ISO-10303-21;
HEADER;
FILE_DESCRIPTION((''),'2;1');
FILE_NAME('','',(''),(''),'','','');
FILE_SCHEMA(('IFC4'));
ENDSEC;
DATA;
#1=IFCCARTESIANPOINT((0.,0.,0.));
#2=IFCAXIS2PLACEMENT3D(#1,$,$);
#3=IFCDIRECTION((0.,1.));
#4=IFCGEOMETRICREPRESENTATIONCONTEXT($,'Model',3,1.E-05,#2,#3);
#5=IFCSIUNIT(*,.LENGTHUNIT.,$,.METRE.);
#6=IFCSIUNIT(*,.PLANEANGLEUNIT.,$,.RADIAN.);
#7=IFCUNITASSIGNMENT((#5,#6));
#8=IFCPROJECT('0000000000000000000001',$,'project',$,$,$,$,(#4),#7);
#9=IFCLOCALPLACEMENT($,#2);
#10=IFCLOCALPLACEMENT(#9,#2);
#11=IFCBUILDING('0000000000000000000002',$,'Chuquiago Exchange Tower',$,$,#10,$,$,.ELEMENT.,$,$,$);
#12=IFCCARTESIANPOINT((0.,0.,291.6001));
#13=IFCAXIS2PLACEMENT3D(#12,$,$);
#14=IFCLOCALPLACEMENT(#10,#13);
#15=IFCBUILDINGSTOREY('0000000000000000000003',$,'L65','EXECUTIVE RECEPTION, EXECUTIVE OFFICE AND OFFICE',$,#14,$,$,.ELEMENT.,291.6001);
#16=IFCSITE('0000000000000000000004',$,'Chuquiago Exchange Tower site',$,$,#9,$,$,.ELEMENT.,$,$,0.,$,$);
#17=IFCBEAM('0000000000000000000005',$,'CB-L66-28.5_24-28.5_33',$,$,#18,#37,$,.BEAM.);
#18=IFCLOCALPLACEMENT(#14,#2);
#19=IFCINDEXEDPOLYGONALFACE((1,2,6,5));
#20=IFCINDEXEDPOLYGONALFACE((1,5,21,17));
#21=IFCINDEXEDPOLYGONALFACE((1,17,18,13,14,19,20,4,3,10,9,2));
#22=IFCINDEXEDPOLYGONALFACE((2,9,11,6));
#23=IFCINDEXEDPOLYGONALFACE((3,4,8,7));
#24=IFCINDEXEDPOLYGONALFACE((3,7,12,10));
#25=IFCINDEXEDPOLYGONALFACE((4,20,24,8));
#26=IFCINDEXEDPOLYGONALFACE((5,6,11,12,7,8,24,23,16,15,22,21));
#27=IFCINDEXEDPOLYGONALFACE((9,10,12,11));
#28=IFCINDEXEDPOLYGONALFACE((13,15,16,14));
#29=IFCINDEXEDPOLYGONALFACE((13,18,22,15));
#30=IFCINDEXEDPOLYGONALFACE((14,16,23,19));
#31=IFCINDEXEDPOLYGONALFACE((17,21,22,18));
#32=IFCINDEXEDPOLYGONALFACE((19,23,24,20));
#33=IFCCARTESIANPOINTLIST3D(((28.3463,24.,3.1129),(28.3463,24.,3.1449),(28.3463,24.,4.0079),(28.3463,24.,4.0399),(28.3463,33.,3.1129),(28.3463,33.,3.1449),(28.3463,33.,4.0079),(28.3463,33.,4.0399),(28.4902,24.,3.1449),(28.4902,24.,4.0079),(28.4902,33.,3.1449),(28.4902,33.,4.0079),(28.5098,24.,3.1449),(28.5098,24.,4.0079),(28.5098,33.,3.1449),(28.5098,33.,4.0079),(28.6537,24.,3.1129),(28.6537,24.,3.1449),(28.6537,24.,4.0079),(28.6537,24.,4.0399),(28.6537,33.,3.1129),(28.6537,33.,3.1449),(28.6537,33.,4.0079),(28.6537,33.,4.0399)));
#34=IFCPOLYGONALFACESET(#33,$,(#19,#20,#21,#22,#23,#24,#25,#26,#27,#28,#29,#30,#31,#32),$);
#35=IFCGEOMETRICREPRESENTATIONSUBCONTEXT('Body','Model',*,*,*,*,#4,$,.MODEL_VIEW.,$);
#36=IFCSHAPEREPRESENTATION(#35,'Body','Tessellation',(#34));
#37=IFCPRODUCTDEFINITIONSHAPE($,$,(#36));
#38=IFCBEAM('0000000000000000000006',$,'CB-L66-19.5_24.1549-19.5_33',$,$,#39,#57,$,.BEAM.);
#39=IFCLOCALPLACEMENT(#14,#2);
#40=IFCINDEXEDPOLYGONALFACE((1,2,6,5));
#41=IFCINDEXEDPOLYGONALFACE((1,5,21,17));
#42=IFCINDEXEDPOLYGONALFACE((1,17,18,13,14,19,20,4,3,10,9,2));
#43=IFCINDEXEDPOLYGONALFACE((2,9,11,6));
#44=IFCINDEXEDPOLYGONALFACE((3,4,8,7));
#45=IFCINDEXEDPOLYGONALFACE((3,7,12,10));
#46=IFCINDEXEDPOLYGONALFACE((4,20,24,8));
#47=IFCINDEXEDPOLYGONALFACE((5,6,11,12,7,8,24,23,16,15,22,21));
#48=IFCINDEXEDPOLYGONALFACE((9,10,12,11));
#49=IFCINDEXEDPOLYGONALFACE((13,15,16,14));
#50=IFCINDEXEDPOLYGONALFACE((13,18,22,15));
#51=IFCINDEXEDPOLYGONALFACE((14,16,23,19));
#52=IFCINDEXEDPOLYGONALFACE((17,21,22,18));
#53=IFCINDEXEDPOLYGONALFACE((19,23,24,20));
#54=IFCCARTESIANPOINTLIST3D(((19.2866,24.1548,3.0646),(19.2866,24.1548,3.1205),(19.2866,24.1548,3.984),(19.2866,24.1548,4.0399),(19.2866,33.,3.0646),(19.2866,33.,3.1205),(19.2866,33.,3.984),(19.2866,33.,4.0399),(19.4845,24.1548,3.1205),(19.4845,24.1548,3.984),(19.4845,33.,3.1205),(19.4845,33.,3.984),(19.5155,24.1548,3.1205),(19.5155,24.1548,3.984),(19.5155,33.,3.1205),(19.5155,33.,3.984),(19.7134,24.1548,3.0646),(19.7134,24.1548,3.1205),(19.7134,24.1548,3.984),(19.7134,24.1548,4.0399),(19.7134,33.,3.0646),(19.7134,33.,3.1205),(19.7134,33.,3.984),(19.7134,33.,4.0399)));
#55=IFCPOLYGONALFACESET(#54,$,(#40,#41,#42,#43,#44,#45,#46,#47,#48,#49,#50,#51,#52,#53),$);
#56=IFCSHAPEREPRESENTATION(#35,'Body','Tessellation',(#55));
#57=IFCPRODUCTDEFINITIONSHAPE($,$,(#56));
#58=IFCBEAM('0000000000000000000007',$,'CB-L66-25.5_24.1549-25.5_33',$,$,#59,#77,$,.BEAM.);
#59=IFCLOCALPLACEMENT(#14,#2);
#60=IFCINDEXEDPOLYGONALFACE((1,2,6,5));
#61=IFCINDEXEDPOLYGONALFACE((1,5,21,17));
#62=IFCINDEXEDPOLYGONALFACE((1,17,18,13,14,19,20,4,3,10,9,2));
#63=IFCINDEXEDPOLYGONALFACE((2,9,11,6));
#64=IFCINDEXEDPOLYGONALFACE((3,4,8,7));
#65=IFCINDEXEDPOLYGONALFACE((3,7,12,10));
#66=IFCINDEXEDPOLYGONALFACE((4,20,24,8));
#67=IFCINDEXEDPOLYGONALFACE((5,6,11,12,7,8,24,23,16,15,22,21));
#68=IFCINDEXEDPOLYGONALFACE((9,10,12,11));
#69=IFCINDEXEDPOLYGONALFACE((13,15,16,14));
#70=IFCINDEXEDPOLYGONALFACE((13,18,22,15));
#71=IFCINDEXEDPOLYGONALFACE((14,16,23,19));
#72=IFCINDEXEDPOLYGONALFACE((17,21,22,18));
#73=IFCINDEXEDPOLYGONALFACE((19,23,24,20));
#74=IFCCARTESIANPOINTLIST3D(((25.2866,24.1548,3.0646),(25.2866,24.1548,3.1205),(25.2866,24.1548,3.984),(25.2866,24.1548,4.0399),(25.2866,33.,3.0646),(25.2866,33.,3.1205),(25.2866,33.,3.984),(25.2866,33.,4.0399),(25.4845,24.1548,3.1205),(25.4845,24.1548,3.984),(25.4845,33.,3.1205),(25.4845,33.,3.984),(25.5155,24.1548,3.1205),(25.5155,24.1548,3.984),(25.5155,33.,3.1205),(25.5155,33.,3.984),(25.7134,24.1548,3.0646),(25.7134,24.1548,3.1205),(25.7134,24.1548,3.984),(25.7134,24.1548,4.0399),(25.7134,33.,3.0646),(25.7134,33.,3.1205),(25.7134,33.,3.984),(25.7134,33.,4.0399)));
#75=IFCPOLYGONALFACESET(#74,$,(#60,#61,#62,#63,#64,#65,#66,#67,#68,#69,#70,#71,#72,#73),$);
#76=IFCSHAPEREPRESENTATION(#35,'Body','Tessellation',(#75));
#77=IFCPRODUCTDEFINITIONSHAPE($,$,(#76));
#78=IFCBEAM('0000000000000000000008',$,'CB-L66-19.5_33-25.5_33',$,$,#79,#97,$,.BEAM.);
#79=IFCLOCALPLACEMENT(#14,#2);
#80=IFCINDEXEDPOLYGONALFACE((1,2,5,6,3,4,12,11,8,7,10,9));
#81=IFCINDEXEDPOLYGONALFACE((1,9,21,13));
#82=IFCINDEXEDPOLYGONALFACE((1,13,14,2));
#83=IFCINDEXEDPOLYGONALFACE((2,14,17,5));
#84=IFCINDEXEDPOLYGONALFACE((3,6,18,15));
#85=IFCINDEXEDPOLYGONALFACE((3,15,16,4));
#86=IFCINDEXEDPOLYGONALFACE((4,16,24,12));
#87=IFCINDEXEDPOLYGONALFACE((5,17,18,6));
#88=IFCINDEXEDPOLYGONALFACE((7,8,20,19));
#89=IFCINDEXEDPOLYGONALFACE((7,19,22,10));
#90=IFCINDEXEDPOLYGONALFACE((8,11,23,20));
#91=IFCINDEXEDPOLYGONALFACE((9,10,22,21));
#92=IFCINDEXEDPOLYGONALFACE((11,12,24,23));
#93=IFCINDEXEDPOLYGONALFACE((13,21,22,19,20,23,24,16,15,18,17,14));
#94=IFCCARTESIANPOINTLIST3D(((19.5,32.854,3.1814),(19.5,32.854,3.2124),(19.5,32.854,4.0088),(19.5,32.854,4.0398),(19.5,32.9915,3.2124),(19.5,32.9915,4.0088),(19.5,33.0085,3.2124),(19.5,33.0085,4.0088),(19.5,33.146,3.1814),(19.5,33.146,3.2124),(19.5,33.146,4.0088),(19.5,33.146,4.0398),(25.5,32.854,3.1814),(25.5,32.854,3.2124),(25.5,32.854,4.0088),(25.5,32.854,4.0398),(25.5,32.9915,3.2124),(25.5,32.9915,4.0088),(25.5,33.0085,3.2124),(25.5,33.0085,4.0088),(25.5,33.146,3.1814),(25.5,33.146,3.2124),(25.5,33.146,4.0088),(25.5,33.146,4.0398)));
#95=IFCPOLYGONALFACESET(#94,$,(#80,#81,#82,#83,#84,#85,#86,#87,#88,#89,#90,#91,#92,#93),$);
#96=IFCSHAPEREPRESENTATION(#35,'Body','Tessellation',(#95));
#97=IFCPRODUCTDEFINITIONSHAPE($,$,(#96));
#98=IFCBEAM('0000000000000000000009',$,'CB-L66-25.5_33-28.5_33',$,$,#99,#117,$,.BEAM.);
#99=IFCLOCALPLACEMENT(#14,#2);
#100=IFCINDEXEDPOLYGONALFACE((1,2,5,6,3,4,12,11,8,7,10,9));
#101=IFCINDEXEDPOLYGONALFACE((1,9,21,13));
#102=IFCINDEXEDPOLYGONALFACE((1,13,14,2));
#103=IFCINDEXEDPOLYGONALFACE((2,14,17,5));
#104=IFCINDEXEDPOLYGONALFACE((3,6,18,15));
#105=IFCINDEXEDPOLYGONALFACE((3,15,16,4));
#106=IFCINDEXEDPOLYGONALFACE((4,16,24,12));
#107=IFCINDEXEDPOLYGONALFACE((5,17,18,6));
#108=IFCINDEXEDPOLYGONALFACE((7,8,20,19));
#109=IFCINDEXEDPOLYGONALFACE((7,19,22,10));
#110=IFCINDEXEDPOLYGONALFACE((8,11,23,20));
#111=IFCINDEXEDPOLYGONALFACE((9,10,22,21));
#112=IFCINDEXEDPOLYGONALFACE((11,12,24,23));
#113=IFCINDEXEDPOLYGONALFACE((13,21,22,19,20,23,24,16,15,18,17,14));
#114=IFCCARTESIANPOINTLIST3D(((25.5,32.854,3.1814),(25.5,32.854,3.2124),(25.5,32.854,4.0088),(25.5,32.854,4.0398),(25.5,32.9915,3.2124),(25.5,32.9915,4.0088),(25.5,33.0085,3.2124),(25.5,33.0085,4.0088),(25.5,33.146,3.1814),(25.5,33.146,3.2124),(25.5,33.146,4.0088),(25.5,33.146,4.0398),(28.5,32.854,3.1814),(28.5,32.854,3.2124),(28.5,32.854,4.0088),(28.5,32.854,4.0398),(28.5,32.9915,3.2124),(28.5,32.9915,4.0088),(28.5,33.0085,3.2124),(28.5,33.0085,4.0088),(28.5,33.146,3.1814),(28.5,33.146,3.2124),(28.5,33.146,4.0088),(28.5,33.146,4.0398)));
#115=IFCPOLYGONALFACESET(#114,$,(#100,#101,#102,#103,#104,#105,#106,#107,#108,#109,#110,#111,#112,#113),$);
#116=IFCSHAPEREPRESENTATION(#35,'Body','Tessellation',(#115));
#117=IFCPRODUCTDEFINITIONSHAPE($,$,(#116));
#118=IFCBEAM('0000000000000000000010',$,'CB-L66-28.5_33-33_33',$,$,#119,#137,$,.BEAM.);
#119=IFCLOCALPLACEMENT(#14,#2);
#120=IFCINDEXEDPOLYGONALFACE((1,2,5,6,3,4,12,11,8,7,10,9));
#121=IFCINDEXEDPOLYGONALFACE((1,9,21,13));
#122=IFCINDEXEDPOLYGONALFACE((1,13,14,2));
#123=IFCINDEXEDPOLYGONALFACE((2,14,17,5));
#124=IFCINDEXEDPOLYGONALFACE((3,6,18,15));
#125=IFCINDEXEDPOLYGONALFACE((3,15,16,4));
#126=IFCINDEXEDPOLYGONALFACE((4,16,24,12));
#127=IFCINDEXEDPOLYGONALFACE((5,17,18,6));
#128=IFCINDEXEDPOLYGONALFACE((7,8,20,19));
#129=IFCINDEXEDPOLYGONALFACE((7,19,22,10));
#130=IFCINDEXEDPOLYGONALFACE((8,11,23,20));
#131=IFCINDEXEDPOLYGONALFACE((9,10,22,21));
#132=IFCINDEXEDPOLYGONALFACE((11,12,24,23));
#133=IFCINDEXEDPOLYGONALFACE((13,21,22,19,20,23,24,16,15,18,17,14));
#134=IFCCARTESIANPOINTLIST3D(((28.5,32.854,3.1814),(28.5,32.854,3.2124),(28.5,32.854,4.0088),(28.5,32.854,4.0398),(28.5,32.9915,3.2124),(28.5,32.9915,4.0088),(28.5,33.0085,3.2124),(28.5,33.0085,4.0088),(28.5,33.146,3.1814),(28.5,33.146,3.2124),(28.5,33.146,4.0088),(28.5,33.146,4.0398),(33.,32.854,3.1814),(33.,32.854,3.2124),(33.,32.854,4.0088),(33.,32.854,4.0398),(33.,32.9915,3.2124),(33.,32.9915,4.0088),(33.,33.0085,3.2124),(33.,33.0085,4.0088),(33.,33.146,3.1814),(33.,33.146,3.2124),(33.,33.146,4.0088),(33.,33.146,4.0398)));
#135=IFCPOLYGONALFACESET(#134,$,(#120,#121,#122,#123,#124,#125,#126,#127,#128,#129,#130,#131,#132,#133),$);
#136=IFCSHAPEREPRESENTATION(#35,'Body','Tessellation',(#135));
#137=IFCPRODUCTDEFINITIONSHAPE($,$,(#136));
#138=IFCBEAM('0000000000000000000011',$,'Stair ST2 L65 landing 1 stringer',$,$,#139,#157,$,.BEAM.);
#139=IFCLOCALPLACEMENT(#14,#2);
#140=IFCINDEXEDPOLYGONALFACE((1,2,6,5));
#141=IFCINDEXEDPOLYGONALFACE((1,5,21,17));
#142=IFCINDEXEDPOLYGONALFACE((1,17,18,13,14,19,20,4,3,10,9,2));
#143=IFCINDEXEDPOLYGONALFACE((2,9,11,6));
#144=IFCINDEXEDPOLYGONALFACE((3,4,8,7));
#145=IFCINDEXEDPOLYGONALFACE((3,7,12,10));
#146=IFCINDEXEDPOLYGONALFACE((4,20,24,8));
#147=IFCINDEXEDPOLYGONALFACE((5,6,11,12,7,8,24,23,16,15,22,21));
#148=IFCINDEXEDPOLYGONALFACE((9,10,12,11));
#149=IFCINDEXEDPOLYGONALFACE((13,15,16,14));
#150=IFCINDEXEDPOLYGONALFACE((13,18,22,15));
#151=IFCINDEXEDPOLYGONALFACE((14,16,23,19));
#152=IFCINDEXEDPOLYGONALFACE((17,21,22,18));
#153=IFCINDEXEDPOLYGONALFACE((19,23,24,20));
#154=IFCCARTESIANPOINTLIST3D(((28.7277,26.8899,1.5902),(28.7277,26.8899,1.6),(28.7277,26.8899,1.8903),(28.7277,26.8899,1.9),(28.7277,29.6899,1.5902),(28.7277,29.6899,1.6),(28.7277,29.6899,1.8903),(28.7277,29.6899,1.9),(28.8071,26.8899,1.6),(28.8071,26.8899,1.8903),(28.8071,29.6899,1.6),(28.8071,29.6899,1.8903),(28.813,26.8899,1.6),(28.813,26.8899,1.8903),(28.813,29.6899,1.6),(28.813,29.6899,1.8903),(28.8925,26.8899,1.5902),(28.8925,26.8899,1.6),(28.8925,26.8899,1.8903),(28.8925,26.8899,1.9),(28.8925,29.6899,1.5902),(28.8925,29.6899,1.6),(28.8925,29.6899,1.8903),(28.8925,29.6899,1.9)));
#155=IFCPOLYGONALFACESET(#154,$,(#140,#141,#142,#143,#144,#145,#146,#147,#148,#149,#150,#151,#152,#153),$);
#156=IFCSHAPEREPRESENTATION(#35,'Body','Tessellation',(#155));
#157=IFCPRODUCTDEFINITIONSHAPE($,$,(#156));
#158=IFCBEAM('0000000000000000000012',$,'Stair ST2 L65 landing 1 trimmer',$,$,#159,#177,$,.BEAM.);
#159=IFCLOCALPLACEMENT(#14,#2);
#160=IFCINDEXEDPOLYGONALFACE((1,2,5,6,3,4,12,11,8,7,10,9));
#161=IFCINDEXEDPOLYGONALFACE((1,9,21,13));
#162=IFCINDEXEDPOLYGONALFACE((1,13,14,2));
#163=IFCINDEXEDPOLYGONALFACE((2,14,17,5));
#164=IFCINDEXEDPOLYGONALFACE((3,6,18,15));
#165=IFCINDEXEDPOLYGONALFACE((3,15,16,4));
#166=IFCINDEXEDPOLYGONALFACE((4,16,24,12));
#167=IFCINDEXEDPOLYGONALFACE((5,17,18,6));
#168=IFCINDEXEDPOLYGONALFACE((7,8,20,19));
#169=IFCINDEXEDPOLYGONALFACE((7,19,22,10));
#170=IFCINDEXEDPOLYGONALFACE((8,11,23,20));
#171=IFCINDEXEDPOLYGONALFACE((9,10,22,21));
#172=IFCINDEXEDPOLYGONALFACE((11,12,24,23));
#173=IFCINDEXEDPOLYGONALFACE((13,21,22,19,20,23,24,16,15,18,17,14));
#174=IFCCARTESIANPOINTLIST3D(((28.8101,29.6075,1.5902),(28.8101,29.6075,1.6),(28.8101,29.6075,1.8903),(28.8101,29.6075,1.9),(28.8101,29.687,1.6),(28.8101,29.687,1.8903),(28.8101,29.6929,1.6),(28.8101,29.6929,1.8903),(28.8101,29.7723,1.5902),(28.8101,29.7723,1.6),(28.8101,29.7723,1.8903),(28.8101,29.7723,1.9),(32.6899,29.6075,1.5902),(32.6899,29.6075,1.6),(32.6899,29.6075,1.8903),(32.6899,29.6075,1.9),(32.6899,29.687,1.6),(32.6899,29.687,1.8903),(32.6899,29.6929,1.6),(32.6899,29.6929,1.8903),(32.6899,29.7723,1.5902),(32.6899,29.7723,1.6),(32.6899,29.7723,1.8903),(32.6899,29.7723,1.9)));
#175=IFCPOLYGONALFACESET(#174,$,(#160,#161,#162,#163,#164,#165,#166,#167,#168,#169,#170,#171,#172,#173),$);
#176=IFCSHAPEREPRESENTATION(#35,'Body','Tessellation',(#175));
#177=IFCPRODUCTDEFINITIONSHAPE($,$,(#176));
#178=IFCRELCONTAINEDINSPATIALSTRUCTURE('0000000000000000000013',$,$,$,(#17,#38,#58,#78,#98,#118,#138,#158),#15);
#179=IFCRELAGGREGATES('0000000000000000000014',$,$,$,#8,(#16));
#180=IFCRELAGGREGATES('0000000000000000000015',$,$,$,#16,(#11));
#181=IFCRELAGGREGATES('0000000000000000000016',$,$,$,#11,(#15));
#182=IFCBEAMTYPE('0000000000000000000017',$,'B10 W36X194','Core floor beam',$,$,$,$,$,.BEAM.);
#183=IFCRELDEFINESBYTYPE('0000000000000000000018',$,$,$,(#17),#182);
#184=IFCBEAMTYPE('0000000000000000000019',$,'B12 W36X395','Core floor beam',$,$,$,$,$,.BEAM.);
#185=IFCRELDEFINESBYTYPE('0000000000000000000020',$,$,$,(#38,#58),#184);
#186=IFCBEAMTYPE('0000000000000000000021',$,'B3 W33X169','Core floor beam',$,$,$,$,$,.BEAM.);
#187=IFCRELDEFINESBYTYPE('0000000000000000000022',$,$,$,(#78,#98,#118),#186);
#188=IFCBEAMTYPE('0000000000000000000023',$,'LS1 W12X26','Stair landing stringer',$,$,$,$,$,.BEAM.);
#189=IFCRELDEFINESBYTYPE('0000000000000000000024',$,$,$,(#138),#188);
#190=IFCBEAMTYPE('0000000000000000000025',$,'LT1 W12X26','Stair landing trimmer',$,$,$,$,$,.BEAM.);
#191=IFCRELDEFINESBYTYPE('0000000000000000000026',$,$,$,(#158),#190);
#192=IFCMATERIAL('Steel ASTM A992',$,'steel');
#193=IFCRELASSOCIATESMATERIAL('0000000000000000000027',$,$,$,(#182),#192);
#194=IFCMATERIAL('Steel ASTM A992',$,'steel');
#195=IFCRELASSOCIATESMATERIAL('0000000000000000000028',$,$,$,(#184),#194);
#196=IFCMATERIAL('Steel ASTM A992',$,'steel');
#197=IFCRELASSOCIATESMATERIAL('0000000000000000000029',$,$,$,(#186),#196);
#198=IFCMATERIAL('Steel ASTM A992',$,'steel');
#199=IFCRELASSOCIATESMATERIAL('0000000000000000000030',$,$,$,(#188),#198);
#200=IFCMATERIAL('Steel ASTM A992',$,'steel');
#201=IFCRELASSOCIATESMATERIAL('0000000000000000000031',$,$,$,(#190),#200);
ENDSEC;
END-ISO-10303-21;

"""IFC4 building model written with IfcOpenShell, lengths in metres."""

from ifc_helpers import new_model, si_unit, direction, frame, origin, origin_2d, place, context, subcontext, project, spatial, i_section, extrude, material, material_profile, profile_set, type_object, element, save


model = new_model("IFC4")

# Units and contexts
model_context = context("Model", 3, precision=1e-05, world=origin(), true_north=direction((0.0, 1.0)))
body_context = subcontext(model_context, "Body", "Model", "MODEL_VIEW")
ifc_project = project(units=[si_unit("LENGTHUNIT", "METRE"), si_unit("PLANEANGLEUNIT", "RADIAN")], contexts=[model_context])

# Site, building, storey
site_placement = place(None, origin())
site = spatial("IfcSite", under=ifc_project, at=site_placement, Name="Chuquiago Exchange Tower site", CompositionType="ELEMENT", RefElevation=0.0)
building_placement = place(site_placement, origin())
building = spatial("IfcBuilding", under=site, at=building_placement, Name="Chuquiago Exchange Tower", CompositionType="ELEMENT")
storey_placement = place(building_placement, frame((0.0, 0.0, 291.6001)))
storey = spatial("IfcBuildingStorey", under=building, at=storey_placement, Name="L65", Description="EXECUTIVE RECEPTION, EXECUTIVE OFFICE AND OFFICE", CompositionType="ELEMENT", Elevation=291.6001)

# Beams
ifc_material_1 = material(Name="Steel ASTM A992", Category="steel")
ifc_material_profile_1 = material_profile(ifc_material_1, i_section(OverallWidth=0.3074, OverallDepth=0.927, WebThickness=0.0195, FlangeThickness=0.032, at=origin_2d()), Name="W36X194")
ifc_profile_set_1 = profile_set([ifc_material_profile_1], Name="Steel ASTM A992")
beam_type_1 = type_object("IfcBeamType", Name="B10 W36X194", Description="Core floor beam", PredefinedType="BEAM", material=ifc_profile_set_1)
beam_1_placement = place(storey_placement, frame((28.5, 24.0, 3.5764), z_axis=(0.0, 1.0, 0.0), x_axis=(-1.0, 0.0, 0.0)))
element("IfcBeam", 1, at=beam_1_placement, inside=storey, type_object=beam_type_1, Name="CB-L66-28.5_24-28.5_33", PredefinedType="BEAM", context=body_context, shape_type="SweptSolid", body=[
    extrude(i_section(OverallWidth=0.3074, OverallDepth=0.927, WebThickness=0.0195, FlangeThickness=0.032, at=origin_2d()), origin(), (0.0, 0.0, 1.0), 9.0),
])
ifc_material_2 = material(Name="Steel ASTM A992", Category="steel")
ifc_material_profile_2 = material_profile(ifc_material_2, i_section(OverallWidth=0.4268, OverallDepth=0.9753, WebThickness=0.031, FlangeThickness=0.0559, at=origin_2d()), Name="W36X395")
ifc_profile_set_2 = profile_set([ifc_material_profile_2], Name="Steel ASTM A992")
beam_type_2 = type_object("IfcBeamType", Name="B12 W36X395", Description="Core floor beam", PredefinedType="BEAM", material=ifc_profile_set_2)
for number, where, z_axis, x_axis, name in (
    (2, (19.5, 24.1548, 3.5522), (0.0, 1.0, 0.0), (-1.0, 0.0, 0.0), "CB-L66-19.5_24.1549-19.5_33"),
    (3, (25.5, 24.1548, 3.5522), (0.0, 1.0, 0.0), (-1.0, 0.0, 0.0), "CB-L66-25.5_24.1549-25.5_33"),
):
    element("IfcBeam", number, at=place(storey_placement, frame(where, z_axis=z_axis, x_axis=x_axis)), inside=storey, type_object=beam_type_2, Name=name, PredefinedType="BEAM", context=body_context, shape_type="SweptSolid", body=[
        extrude(i_section(OverallWidth=0.4268, OverallDepth=0.9753, WebThickness=0.031, FlangeThickness=0.0559, at=origin_2d()), origin(), (0.0, 0.0, 1.0), 8.8452),
    ])
ifc_material_3 = material(Name="Steel ASTM A992", Category="steel")
ifc_material_profile_3 = material_profile(ifc_material_3, i_section(OverallWidth=0.292, OverallDepth=0.8584, WebThickness=0.0171, FlangeThickness=0.031, at=origin_2d()), Name="W33X169")
ifc_profile_set_3 = profile_set([ifc_material_profile_3], Name="Steel ASTM A992")
beam_type_3 = type_object("IfcBeamType", Name="B3 W33X169", Description="Core floor beam", PredefinedType="BEAM", material=ifc_profile_set_3)
beam_2_placement = place(storey_placement, frame((19.5, 33.0, 3.6106), z_axis=(1.0, 0.0, 0.0), x_axis=(0.0, 1.0, 0.0)))
element("IfcBeam", 4, at=beam_2_placement, inside=storey, type_object=beam_type_3, Name="CB-L66-19.5_33-25.5_33", PredefinedType="BEAM", context=body_context, shape_type="SweptSolid", body=[
    extrude(i_section(OverallWidth=0.292, OverallDepth=0.8584, WebThickness=0.0171, FlangeThickness=0.031, at=origin_2d()), origin(), (0.0, 0.0, 1.0), 6.0),
])
beam_3_placement = place(storey_placement, frame((25.5, 33.0, 3.6106), z_axis=(1.0, 0.0, 0.0), x_axis=(0.0, 1.0, 0.0)))
element("IfcBeam", 5, at=beam_3_placement, inside=storey, type_object=beam_type_3, Name="CB-L66-25.5_33-28.5_33", PredefinedType="BEAM", context=body_context, shape_type="SweptSolid", body=[
    extrude(i_section(OverallWidth=0.292, OverallDepth=0.8584, WebThickness=0.0171, FlangeThickness=0.031, at=origin_2d()), origin(), (0.0, 0.0, 1.0), 3.0),
])
beam_4_placement = place(storey_placement, frame((28.5, 33.0, 3.6106), z_axis=(1.0, 0.0, 0.0), x_axis=(0.0, 1.0, 0.0)))
element("IfcBeam", 6, at=beam_4_placement, inside=storey, type_object=beam_type_3, Name="CB-L66-28.5_33-33_33", PredefinedType="BEAM", context=body_context, shape_type="SweptSolid", body=[
    extrude(i_section(OverallWidth=0.292, OverallDepth=0.8584, WebThickness=0.0171, FlangeThickness=0.031, at=origin_2d()), origin(), (0.0, 0.0, 1.0), 4.5),
])
ifc_material_4 = material(Name="Steel ASTM A992", Category="steel")
ifc_material_profile_4 = material_profile(ifc_material_4, i_section(OverallWidth=0.1648, OverallDepth=0.3098, WebThickness=0.0059, FlangeThickness=0.0098, at=origin_2d()), Name="W12X26")
ifc_profile_set_4 = profile_set([ifc_material_profile_4], Name="Steel ASTM A992")
beam_type_4 = type_object("IfcBeamType", Name="LS1 W12X26", Description="Stair landing stringer", PredefinedType="BEAM", material=ifc_profile_set_4)
beam_5_placement = place(storey_placement, frame((28.8101, 26.8899, 1.7451), z_axis=(0.0, 1.0, 0.0), x_axis=(-1.0, 0.0, 0.0)))
element("IfcBeam", 7, at=beam_5_placement, inside=storey, type_object=beam_type_4, Name="Stair ST2 L65 landing 1 stringer", PredefinedType="BEAM", context=body_context, shape_type="SweptSolid", body=[
    extrude(i_section(OverallWidth=0.1648, OverallDepth=0.3098, WebThickness=0.0059, FlangeThickness=0.0098, at=origin_2d()), origin(), (0.0, 0.0, 1.0), 2.8),
])
ifc_material_5 = material(Name="Steel ASTM A992", Category="steel")
ifc_material_profile_5 = material_profile(ifc_material_5, i_section(OverallWidth=0.1648, OverallDepth=0.3098, WebThickness=0.0059, FlangeThickness=0.0098, at=origin_2d()), Name="W12X26")
ifc_profile_set_5 = profile_set([ifc_material_profile_5], Name="Steel ASTM A992")
beam_type_5 = type_object("IfcBeamType", Name="LT1 W12X26", Description="Stair landing trimmer", PredefinedType="BEAM", material=ifc_profile_set_5)
for number, where, z_axis, x_axis, name in (
    (8, (28.8101, 29.6899, 1.7451), (1.0, 0.0, 0.0), (0.0, 1.0, 0.0), "Stair ST2 L65 landing 1 trimmer"),
):
    element("IfcBeam", number, at=place(storey_placement, frame(where, z_axis=z_axis, x_axis=x_axis)), inside=storey, type_object=beam_type_5, Name=name, PredefinedType="BEAM", context=body_context, shape_type="SweptSolid", body=[
        extrude(i_section(OverallWidth=0.1648, OverallDepth=0.3098, WebThickness=0.0059, FlangeThickness=0.0098, at=origin_2d()), origin(), (0.0, 0.0, 1.0), 3.8799),
    ])

save(model, "model.ifc")
